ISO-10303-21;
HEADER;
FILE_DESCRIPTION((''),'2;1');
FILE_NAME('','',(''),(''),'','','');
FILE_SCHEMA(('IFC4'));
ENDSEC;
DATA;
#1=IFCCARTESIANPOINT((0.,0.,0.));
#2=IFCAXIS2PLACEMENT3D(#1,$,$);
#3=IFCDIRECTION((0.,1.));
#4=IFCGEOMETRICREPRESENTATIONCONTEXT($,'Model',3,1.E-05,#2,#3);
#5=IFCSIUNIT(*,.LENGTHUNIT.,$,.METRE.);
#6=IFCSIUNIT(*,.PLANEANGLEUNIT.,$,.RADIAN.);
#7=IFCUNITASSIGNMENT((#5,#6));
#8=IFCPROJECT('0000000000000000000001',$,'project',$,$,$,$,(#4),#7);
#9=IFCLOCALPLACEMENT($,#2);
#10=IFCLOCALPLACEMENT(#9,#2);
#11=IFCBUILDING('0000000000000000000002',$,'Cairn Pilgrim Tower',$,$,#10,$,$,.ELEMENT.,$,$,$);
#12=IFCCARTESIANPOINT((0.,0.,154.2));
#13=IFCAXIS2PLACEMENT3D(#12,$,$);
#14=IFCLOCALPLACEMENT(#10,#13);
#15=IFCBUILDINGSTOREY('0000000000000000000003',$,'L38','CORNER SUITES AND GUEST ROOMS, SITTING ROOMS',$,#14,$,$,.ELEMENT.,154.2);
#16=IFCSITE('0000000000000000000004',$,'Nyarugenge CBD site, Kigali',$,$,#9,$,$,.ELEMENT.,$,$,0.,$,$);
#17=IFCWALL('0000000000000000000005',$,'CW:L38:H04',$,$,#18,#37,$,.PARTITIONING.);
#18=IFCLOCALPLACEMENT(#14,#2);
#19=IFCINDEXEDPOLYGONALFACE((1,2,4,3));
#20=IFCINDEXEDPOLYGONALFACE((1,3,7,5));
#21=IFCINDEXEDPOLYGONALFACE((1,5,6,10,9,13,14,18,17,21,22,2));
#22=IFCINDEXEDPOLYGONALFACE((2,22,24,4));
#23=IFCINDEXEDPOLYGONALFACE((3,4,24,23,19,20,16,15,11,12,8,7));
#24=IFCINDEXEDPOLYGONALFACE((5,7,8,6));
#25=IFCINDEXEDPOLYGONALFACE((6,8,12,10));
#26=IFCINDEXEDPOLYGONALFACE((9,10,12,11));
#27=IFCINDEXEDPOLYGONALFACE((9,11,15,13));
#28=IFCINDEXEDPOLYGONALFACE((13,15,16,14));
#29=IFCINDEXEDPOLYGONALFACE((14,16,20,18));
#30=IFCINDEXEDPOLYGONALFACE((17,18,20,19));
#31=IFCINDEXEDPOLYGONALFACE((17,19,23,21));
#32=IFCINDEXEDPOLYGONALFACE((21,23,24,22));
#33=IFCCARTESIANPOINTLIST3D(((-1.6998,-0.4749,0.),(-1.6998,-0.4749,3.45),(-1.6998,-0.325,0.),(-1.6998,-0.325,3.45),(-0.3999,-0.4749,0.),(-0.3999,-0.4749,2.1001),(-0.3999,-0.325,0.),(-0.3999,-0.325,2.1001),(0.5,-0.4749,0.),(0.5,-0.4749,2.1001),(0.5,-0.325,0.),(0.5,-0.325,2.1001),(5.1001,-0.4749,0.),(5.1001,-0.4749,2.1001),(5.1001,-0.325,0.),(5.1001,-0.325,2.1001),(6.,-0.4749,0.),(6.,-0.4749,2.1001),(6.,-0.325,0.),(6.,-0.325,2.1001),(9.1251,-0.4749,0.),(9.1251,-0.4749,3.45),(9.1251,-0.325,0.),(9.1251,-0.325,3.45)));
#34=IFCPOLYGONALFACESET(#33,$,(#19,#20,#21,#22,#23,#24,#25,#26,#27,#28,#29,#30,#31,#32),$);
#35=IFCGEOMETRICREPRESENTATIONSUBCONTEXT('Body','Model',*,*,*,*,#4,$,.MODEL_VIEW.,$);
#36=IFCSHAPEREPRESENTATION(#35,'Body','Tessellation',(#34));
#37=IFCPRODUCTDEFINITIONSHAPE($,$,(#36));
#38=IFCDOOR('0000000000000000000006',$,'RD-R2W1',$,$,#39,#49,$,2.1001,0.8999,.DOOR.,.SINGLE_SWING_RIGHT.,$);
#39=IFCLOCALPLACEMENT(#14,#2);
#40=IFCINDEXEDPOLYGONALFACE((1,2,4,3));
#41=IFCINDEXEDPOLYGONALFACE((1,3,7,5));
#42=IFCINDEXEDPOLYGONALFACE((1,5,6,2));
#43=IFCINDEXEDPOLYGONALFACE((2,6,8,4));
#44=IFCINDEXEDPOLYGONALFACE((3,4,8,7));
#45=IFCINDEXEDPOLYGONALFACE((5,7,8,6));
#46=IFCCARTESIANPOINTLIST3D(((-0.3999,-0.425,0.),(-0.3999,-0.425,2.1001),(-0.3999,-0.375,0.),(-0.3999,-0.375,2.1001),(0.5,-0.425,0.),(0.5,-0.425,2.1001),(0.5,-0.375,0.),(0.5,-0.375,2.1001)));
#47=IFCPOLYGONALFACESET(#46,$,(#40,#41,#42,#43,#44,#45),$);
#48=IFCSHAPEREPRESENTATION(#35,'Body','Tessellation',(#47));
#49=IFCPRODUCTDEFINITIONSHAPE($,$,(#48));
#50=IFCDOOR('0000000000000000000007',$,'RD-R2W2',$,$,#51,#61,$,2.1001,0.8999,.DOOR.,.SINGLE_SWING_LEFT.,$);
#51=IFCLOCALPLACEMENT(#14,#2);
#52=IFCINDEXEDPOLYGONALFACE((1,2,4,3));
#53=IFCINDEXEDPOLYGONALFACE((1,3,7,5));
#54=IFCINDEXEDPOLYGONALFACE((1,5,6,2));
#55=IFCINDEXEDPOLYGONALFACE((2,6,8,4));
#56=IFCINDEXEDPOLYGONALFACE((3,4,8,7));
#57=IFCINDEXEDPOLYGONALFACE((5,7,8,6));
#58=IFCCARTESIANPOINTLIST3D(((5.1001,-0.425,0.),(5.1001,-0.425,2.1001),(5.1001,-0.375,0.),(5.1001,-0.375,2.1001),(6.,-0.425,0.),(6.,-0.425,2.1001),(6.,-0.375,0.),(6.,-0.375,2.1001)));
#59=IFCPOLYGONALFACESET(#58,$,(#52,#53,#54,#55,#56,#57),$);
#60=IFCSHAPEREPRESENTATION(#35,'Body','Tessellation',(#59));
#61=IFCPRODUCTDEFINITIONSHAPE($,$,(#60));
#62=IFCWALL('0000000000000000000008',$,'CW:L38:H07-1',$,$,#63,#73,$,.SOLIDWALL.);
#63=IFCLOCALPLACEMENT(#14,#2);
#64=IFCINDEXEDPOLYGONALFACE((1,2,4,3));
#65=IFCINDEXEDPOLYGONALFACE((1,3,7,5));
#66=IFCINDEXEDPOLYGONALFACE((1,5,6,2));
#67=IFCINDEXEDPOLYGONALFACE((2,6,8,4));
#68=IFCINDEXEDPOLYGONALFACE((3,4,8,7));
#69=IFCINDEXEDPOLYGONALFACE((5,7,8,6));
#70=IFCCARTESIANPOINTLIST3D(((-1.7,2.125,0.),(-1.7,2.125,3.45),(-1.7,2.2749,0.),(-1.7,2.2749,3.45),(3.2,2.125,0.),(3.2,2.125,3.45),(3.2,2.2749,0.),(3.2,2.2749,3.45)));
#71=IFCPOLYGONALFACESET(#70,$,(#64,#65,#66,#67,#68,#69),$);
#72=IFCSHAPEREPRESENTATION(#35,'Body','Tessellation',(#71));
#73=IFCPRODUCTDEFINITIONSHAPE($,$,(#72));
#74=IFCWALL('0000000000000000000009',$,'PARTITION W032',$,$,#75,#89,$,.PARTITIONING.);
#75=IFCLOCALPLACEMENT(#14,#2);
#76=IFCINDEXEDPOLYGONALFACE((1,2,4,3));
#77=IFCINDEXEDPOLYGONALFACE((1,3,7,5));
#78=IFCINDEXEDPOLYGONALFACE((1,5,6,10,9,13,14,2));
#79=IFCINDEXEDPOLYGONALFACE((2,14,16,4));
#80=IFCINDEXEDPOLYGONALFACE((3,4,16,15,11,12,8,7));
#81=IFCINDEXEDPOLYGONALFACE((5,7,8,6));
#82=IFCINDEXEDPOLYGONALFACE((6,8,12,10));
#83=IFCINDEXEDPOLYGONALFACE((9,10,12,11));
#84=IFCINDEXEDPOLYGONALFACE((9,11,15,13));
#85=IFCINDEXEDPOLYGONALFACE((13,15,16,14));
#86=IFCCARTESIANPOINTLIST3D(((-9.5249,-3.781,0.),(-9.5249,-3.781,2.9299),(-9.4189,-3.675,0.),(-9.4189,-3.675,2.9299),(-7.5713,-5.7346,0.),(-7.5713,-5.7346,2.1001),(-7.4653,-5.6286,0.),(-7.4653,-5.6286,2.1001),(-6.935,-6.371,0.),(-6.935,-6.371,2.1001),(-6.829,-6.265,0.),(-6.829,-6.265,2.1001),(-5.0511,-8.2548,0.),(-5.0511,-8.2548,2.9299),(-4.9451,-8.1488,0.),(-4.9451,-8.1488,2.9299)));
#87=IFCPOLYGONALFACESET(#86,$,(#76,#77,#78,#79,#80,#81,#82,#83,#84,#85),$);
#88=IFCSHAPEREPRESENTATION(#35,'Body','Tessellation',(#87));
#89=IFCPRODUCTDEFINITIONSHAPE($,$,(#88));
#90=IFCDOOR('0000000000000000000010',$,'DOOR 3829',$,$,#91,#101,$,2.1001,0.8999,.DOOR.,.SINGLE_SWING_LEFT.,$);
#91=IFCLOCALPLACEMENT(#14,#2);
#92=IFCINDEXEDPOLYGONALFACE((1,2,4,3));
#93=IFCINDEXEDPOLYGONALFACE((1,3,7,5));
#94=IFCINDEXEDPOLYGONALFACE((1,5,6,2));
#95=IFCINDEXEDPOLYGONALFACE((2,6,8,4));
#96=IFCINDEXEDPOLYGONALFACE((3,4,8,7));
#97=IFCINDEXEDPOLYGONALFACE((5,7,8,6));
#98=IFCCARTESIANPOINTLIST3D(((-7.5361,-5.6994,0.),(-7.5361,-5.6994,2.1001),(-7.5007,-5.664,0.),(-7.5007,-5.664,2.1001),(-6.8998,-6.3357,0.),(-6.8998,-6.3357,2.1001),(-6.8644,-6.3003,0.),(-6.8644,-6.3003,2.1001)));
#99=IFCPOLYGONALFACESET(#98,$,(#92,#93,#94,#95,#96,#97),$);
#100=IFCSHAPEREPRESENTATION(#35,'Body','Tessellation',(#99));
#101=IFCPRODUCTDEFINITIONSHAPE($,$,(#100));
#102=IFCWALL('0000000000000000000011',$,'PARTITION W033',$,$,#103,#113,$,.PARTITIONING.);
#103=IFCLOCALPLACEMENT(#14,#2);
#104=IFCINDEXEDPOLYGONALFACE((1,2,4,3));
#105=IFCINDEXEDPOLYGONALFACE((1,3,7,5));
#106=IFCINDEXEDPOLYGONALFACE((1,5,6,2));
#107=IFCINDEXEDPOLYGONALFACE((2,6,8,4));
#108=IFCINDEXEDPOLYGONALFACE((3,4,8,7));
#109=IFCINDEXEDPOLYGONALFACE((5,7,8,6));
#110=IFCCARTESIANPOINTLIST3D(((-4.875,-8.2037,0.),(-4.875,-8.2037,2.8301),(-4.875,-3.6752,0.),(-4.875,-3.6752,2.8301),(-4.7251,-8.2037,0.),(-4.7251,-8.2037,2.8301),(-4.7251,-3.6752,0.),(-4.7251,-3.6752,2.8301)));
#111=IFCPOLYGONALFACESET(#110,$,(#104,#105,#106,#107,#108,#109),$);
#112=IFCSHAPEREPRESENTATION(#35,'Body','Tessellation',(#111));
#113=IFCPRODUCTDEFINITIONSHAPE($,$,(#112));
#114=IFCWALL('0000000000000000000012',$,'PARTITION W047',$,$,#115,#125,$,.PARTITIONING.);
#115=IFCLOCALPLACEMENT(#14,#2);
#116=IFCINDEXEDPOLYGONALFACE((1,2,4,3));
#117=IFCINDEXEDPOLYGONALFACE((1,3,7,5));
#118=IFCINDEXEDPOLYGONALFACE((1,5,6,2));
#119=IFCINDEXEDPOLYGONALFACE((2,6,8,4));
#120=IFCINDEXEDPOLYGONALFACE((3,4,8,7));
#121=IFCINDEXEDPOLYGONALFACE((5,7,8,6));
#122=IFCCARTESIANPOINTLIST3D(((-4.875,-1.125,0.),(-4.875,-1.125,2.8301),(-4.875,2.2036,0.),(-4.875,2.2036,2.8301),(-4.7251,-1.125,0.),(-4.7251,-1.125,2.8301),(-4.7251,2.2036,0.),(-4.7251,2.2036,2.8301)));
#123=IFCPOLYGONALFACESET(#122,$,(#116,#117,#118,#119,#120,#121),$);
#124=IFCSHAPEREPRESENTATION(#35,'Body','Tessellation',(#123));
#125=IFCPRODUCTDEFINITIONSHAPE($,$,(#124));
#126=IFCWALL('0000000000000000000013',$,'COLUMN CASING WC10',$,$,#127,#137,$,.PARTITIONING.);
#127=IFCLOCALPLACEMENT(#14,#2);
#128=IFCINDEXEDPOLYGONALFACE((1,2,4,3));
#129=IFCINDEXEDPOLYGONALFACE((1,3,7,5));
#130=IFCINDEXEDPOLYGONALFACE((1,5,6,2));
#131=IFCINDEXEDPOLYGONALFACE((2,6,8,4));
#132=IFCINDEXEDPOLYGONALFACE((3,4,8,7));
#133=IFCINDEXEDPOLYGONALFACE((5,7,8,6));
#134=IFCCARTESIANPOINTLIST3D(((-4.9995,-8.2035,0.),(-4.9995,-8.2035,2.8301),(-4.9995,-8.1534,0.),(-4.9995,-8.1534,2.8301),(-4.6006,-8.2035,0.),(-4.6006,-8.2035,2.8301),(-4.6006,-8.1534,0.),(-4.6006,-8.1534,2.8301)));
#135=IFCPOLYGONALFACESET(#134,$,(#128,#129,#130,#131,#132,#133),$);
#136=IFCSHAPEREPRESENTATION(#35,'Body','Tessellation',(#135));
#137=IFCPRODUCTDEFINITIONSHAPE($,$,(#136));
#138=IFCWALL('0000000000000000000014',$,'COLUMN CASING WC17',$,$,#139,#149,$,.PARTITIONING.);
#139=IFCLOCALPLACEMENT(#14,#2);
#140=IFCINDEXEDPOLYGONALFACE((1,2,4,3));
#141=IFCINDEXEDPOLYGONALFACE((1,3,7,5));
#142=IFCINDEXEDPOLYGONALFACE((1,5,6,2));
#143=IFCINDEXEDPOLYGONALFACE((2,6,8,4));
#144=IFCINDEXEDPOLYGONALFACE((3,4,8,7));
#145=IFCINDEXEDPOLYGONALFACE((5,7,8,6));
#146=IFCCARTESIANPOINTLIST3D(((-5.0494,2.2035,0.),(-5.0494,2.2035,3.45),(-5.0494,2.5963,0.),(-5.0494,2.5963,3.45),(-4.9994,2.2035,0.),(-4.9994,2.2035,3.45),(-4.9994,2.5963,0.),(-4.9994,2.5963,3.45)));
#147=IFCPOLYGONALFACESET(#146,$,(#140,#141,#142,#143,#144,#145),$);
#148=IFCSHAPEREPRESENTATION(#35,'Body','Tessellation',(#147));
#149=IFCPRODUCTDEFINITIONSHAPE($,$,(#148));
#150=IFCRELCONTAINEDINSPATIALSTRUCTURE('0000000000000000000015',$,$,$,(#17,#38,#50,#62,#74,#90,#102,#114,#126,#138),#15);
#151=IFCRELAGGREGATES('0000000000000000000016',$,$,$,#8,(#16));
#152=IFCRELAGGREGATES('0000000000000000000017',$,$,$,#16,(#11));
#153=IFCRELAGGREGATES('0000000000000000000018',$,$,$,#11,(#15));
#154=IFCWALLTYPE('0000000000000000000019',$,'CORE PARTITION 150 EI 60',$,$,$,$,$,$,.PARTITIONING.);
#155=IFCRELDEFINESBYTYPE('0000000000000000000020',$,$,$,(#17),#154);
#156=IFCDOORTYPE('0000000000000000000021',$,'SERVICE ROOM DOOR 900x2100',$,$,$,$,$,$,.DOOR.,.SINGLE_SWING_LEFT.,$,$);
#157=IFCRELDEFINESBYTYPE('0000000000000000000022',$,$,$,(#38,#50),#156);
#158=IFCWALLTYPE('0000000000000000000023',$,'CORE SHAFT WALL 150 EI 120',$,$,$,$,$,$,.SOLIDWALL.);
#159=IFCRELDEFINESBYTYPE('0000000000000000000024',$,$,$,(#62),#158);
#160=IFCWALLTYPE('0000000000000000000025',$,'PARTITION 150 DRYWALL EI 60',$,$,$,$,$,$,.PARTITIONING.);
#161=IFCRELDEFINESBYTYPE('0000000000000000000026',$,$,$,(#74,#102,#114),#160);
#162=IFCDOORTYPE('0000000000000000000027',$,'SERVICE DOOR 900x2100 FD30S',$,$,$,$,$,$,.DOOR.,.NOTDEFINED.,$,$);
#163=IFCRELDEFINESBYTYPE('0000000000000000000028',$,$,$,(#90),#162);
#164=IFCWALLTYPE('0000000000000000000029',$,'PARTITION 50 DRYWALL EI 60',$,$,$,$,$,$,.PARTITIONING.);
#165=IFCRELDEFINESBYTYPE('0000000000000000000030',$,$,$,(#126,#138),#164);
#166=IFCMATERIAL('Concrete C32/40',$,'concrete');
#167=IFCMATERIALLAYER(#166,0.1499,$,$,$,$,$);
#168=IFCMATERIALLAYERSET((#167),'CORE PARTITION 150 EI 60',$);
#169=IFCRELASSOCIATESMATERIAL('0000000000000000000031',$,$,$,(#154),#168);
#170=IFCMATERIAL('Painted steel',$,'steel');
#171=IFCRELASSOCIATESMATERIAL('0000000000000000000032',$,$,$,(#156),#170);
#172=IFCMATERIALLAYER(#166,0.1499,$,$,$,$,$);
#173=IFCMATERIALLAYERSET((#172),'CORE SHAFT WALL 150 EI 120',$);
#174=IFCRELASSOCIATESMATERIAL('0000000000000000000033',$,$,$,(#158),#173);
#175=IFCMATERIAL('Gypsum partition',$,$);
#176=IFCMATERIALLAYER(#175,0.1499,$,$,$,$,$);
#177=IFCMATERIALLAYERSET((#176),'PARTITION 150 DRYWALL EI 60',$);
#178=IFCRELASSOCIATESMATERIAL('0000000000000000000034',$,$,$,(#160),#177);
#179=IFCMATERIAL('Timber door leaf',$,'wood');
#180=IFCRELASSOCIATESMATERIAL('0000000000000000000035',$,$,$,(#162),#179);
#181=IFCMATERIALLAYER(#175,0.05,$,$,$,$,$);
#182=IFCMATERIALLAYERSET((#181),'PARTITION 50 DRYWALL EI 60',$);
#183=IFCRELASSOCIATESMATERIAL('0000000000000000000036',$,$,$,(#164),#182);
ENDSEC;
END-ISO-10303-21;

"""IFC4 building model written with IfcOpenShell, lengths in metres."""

from ifc_helpers import new_model, si_unit, direction, frame, frame_2d, origin, place, context, subcontext, project, spatial, rectangle, extrude, material, layer, layer_set, type_object, element, fill, save


model = new_model("IFC4")

# Units and contexts
model_context = context("Model", 3, precision=1e-05, world=origin(), true_north=direction((0.0, 1.0)))
body_context = subcontext(model_context, "Body", "Model", "MODEL_VIEW")
ifc_project = project(units=[si_unit("LENGTHUNIT", "METRE"), si_unit("PLANEANGLEUNIT", "RADIAN")], contexts=[model_context])

# Site, building, storey
site_placement = place(None, origin())
site = spatial("IfcSite", under=ifc_project, at=site_placement, Name="Nyarugenge CBD site, Kigali", CompositionType="ELEMENT", RefElevation=0.0)
building_placement = place(site_placement, origin())
building = spatial("IfcBuilding", under=site, at=building_placement, Name="Cairn Pilgrim Tower", CompositionType="ELEMENT")
storey_placement = place(building_placement, frame((0.0, 0.0, 154.2)))
storey = spatial("IfcBuildingStorey", under=building, at=storey_placement, Name="L38", Description="CORNER SUITES AND GUEST ROOMS, SITTING ROOMS", CompositionType="ELEMENT", Elevation=154.2)

# Shared definitions
ifc_material_1 = material(Name="Concrete C32/40", Category="concrete")

# Shared definitions
ifc_material_2 = material(Name="Painted steel", Category="steel")

# Shared definitions
ifc_layer_1 = layer(ifc_material_1, 0.1499)
ifc_layer_set_1 = layer_set([ifc_layer_1], Name="CORE PARTITION 150 EI 60")
wall_type_1 = type_object("IfcWallType", Name="CORE PARTITION 150 EI 60", PredefinedType="PARTITIONING", material=ifc_layer_set_1)
door_type_1 = type_object("IfcDoorType", Name="SERVICE ROOM DOOR 900x2100", OperationType="SINGLE_SWING_LEFT", PredefinedType="DOOR", material=ifc_material_2)

# Wall, openings, doors
wall_1_placement = place(storey_placement, frame((-1.7, -0.3999, 0.0), z_axis=(0.0, 0.0, 1.0), x_axis=(1.0, 0.0, 0.0)))
wall_1 = element("IfcWall", 1, at=wall_1_placement, inside=storey, type_object=wall_type_1, Name="CW:L38:H04", PredefinedType="PARTITIONING", context=body_context, shape_type="SweptSolid", body=[
    extrude(rectangle(XDim=10.825, YDim=0.1499, at=frame_2d((5.4126, 0.0))), origin(), (0.0, 0.0, 1.0), 3.45),
])
opening_1_placement = place(wall_1_placement, frame((1.3, 0.0, 0.0)))
opening_1 = element("IfcOpeningElement", 2, at=opening_1_placement, cuts=wall_1, PredefinedType="OPENING", context=body_context, shape_type="SweptSolid", body=[
    extrude(rectangle(XDim=0.8999, YDim=2.1001, at=frame_2d((0.45, 1.05))), frame((0.0, 0.085, 0.0), z_axis=(0.0, -1.0, 0.0), x_axis=(1.0, 0.0, 0.0)), (0.0, 0.0, 1.0), 0.1699),
])
opening_2_placement = place(wall_1_placement, frame((6.8, 0.0, 0.0)))
opening_2 = element("IfcOpeningElement", 3, at=opening_2_placement, cuts=wall_1, PredefinedType="OPENING", context=body_context, shape_type="SweptSolid", body=[
    extrude(rectangle(XDim=0.8999, YDim=2.1001, at=frame_2d((0.45, 1.05))), frame((0.0, 0.085, 0.0), z_axis=(0.0, -1.0, 0.0), x_axis=(1.0, 0.0, 0.0)), (0.0, 0.0, 1.0), 0.1699),
])
door_1_placement = place(opening_1_placement, origin())
door_1 = element("IfcDoor", 4, at=door_1_placement, inside=storey, type_object=door_type_1, Name="RD-R2W1", OperationType="SINGLE_SWING_RIGHT", OverallHeight=2.1001, OverallWidth=0.8999, PredefinedType="DOOR", context=body_context, shape_type="SweptSolid", body=[
    extrude(rectangle(XDim=0.8999, YDim=2.1001, at=frame_2d((0.45, 1.05))), frame((0.0, 0.0249, 0.0), z_axis=(0.0, -1.0, 0.0), x_axis=(1.0, 0.0, 0.0)), (0.0, 0.0, 1.0), 0.05),
])
fill(opening_1, door_1)
door_2_placement = place(opening_2_placement, origin())
door_2 = element("IfcDoor", 5, at=door_2_placement, inside=storey, type_object=door_type_1, Name="RD-R2W2", OperationType="SINGLE_SWING_LEFT", OverallHeight=2.1001, OverallWidth=0.8999, PredefinedType="DOOR", context=body_context, shape_type="SweptSolid", body=[
    extrude(rectangle(XDim=0.8999, YDim=2.1001, at=frame_2d((0.45, 1.05))), frame((0.0, 0.0249, 0.0), z_axis=(0.0, -1.0, 0.0), x_axis=(1.0, 0.0, 0.0)), (0.0, 0.0, 1.0), 0.05),
])
fill(opening_2, door_2)

# Wall
ifc_layer_2 = layer(ifc_material_1, 0.1499)
ifc_layer_set_2 = layer_set([ifc_layer_2], Name="CORE SHAFT WALL 150 EI 120")
wall_type_2 = type_object("IfcWallType", Name="CORE SHAFT WALL 150 EI 120", PredefinedType="SOLIDWALL", material=ifc_layer_set_2)
wall_2_placement = place(storey_placement, frame((-1.7, 2.2, 0.0), z_axis=(0.0, 0.0, 1.0), x_axis=(1.0, 0.0, 0.0)))
element("IfcWall", 6, at=wall_2_placement, inside=storey, type_object=wall_type_2, Name="CW:L38:H07-1", PredefinedType="SOLIDWALL", context=body_context, shape_type="SweptSolid", body=[
    extrude(rectangle(XDim=4.8999, YDim=0.1499, at=frame_2d((2.45, 0.0))), origin(), (0.0, 0.0, 1.0), 3.45),
])

# Wall, opening, door
ifc_material_3 = material(Name="Gypsum partition")
ifc_layer_3 = layer(ifc_material_3, 0.1499)
ifc_layer_set_3 = layer_set([ifc_layer_3], Name="PARTITION 150 DRYWALL EI 60")
wall_type_3 = type_object("IfcWallType", Name="PARTITION 150 DRYWALL EI 60", PredefinedType="PARTITIONING", material=ifc_layer_set_3)
wall_3_placement = place(storey_placement, frame((-4.998, -8.2019, 0.0), z_axis=(0.0, 0.0, 1.0), x_axis=(-0.707107, 0.707107, 0.0)))
wall_3 = element("IfcWall", 7, at=wall_3_placement, inside=storey, type_object=wall_type_3, Name="PARTITION W032", PredefinedType="PARTITIONING", context=body_context, shape_type="SweptSolid", body=[
    extrude(rectangle(XDim=6.3269, YDim=0.1499, at=frame_2d((3.1636, 0.0))), origin(), (0.0, 0.0, 1.0), 2.9299),
])
opening_3_placement = place(wall_3_placement, frame((2.6643, 0.0, 0.0)))
opening_3 = element("IfcOpeningElement", 8, at=opening_3_placement, cuts=wall_3, PredefinedType="OPENING", context=body_context, shape_type="SweptSolid", body=[
    extrude(rectangle(XDim=0.8999, YDim=2.1001, at=frame_2d((0.45, 1.05))), frame((0.0, 0.085, 0.0), z_axis=(0.0, -1.0, 0.0), x_axis=(1.0, 0.0, 0.0)), (0.0, 0.0, 1.0), 0.1699),
])
ifc_material_4 = material(Name="Timber door leaf", Category="wood")
door_type_2 = type_object("IfcDoorType", Name="SERVICE DOOR 900x2100 FD30S", OperationType="NOTDEFINED", PredefinedType="DOOR", material=ifc_material_4)
door_3_placement = place(opening_3_placement, frame((0.8999, 0.0, 0.0), z_axis=(0.0, 0.0, 1.0), x_axis=(-1.0, 0.0, 0.0)))
door_3 = element("IfcDoor", 9, at=door_3_placement, inside=storey, type_object=door_type_2, Name="DOOR 3829", OperationType="SINGLE_SWING_LEFT", OverallHeight=2.1001, OverallWidth=0.8999, PredefinedType="DOOR", context=body_context, shape_type="SweptSolid", body=[
    extrude(rectangle(XDim=0.8999, YDim=2.1001, at=frame_2d((0.45, 1.05))), frame((0.0, 0.0249, 0.0), z_axis=(0.0, -1.0, 0.0), x_axis=(1.0, 0.0, 0.0)), (0.0, 0.0, 1.0), 0.05),
])
fill(opening_3, door_3)

# Walls
wall_4_placement = place(storey_placement, frame((-4.8, -8.2036, 0.0), z_axis=(0.0, 0.0, 1.0), x_axis=(0.0, 1.0, 0.0)))
element("IfcWall", 10, at=wall_4_placement, inside=storey, type_object=wall_type_3, Name="PARTITION W033", PredefinedType="PARTITIONING", context=body_context, shape_type="SweptSolid", body=[
    extrude(rectangle(XDim=4.5286, YDim=0.1499, at=frame_2d((2.2642, 0.0))), origin(), (0.0, 0.0, 1.0), 2.8301),
])
wall_5_placement = place(storey_placement, frame((-4.8, -1.125, 0.0), z_axis=(0.0, 0.0, 1.0), x_axis=(0.0, 1.0, 0.0)))
element("IfcWall", 11, at=wall_5_placement, inside=storey, type_object=wall_type_3, Name="PARTITION W047", PredefinedType="PARTITIONING", context=body_context, shape_type="SweptSolid", body=[
    extrude(rectangle(XDim=3.3286, YDim=0.1499, at=frame_2d((1.6643, 0.0))), origin(), (0.0, 0.0, 1.0), 2.8301),
])
ifc_layer_4 = layer(ifc_material_3, 0.05)
ifc_layer_set_4 = layer_set([ifc_layer_4], Name="PARTITION 50 DRYWALL EI 60")
wall_type_4 = type_object("IfcWallType", Name="PARTITION 50 DRYWALL EI 60", PredefinedType="PARTITIONING", material=ifc_layer_set_4)
wall_6_placement = place(storey_placement, frame((-4.9995, -8.1785, 0.0), z_axis=(0.0, 0.0, 1.0), x_axis=(1.0, 0.0, 0.0)))
element("IfcWall", 12, at=wall_6_placement, inside=storey, type_object=wall_type_4, Name="COLUMN CASING WC10", PredefinedType="PARTITIONING", context=body_context, shape_type="SweptSolid", body=[
    extrude(rectangle(XDim=0.3989, YDim=0.05, at=frame_2d((0.1995, 0.0))), origin(), (0.0, 0.0, 1.0), 2.8301),
])
wall_7_placement = place(storey_placement, frame((-5.0244, 2.2036, 0.0), z_axis=(0.0, 0.0, 1.0), x_axis=(0.0, 1.0, 0.0)))
element("IfcWall", 13, at=wall_7_placement, inside=storey, type_object=wall_type_4, Name="COLUMN CASING WC17", PredefinedType="PARTITIONING", context=body_context, shape_type="SweptSolid", body=[
    extrude(rectangle(XDim=0.3928, YDim=0.05, at=frame_2d((0.1963, 0.0))), origin(), (0.0, 0.0, 1.0), 3.45),
])

save(model, "model.ifc")
